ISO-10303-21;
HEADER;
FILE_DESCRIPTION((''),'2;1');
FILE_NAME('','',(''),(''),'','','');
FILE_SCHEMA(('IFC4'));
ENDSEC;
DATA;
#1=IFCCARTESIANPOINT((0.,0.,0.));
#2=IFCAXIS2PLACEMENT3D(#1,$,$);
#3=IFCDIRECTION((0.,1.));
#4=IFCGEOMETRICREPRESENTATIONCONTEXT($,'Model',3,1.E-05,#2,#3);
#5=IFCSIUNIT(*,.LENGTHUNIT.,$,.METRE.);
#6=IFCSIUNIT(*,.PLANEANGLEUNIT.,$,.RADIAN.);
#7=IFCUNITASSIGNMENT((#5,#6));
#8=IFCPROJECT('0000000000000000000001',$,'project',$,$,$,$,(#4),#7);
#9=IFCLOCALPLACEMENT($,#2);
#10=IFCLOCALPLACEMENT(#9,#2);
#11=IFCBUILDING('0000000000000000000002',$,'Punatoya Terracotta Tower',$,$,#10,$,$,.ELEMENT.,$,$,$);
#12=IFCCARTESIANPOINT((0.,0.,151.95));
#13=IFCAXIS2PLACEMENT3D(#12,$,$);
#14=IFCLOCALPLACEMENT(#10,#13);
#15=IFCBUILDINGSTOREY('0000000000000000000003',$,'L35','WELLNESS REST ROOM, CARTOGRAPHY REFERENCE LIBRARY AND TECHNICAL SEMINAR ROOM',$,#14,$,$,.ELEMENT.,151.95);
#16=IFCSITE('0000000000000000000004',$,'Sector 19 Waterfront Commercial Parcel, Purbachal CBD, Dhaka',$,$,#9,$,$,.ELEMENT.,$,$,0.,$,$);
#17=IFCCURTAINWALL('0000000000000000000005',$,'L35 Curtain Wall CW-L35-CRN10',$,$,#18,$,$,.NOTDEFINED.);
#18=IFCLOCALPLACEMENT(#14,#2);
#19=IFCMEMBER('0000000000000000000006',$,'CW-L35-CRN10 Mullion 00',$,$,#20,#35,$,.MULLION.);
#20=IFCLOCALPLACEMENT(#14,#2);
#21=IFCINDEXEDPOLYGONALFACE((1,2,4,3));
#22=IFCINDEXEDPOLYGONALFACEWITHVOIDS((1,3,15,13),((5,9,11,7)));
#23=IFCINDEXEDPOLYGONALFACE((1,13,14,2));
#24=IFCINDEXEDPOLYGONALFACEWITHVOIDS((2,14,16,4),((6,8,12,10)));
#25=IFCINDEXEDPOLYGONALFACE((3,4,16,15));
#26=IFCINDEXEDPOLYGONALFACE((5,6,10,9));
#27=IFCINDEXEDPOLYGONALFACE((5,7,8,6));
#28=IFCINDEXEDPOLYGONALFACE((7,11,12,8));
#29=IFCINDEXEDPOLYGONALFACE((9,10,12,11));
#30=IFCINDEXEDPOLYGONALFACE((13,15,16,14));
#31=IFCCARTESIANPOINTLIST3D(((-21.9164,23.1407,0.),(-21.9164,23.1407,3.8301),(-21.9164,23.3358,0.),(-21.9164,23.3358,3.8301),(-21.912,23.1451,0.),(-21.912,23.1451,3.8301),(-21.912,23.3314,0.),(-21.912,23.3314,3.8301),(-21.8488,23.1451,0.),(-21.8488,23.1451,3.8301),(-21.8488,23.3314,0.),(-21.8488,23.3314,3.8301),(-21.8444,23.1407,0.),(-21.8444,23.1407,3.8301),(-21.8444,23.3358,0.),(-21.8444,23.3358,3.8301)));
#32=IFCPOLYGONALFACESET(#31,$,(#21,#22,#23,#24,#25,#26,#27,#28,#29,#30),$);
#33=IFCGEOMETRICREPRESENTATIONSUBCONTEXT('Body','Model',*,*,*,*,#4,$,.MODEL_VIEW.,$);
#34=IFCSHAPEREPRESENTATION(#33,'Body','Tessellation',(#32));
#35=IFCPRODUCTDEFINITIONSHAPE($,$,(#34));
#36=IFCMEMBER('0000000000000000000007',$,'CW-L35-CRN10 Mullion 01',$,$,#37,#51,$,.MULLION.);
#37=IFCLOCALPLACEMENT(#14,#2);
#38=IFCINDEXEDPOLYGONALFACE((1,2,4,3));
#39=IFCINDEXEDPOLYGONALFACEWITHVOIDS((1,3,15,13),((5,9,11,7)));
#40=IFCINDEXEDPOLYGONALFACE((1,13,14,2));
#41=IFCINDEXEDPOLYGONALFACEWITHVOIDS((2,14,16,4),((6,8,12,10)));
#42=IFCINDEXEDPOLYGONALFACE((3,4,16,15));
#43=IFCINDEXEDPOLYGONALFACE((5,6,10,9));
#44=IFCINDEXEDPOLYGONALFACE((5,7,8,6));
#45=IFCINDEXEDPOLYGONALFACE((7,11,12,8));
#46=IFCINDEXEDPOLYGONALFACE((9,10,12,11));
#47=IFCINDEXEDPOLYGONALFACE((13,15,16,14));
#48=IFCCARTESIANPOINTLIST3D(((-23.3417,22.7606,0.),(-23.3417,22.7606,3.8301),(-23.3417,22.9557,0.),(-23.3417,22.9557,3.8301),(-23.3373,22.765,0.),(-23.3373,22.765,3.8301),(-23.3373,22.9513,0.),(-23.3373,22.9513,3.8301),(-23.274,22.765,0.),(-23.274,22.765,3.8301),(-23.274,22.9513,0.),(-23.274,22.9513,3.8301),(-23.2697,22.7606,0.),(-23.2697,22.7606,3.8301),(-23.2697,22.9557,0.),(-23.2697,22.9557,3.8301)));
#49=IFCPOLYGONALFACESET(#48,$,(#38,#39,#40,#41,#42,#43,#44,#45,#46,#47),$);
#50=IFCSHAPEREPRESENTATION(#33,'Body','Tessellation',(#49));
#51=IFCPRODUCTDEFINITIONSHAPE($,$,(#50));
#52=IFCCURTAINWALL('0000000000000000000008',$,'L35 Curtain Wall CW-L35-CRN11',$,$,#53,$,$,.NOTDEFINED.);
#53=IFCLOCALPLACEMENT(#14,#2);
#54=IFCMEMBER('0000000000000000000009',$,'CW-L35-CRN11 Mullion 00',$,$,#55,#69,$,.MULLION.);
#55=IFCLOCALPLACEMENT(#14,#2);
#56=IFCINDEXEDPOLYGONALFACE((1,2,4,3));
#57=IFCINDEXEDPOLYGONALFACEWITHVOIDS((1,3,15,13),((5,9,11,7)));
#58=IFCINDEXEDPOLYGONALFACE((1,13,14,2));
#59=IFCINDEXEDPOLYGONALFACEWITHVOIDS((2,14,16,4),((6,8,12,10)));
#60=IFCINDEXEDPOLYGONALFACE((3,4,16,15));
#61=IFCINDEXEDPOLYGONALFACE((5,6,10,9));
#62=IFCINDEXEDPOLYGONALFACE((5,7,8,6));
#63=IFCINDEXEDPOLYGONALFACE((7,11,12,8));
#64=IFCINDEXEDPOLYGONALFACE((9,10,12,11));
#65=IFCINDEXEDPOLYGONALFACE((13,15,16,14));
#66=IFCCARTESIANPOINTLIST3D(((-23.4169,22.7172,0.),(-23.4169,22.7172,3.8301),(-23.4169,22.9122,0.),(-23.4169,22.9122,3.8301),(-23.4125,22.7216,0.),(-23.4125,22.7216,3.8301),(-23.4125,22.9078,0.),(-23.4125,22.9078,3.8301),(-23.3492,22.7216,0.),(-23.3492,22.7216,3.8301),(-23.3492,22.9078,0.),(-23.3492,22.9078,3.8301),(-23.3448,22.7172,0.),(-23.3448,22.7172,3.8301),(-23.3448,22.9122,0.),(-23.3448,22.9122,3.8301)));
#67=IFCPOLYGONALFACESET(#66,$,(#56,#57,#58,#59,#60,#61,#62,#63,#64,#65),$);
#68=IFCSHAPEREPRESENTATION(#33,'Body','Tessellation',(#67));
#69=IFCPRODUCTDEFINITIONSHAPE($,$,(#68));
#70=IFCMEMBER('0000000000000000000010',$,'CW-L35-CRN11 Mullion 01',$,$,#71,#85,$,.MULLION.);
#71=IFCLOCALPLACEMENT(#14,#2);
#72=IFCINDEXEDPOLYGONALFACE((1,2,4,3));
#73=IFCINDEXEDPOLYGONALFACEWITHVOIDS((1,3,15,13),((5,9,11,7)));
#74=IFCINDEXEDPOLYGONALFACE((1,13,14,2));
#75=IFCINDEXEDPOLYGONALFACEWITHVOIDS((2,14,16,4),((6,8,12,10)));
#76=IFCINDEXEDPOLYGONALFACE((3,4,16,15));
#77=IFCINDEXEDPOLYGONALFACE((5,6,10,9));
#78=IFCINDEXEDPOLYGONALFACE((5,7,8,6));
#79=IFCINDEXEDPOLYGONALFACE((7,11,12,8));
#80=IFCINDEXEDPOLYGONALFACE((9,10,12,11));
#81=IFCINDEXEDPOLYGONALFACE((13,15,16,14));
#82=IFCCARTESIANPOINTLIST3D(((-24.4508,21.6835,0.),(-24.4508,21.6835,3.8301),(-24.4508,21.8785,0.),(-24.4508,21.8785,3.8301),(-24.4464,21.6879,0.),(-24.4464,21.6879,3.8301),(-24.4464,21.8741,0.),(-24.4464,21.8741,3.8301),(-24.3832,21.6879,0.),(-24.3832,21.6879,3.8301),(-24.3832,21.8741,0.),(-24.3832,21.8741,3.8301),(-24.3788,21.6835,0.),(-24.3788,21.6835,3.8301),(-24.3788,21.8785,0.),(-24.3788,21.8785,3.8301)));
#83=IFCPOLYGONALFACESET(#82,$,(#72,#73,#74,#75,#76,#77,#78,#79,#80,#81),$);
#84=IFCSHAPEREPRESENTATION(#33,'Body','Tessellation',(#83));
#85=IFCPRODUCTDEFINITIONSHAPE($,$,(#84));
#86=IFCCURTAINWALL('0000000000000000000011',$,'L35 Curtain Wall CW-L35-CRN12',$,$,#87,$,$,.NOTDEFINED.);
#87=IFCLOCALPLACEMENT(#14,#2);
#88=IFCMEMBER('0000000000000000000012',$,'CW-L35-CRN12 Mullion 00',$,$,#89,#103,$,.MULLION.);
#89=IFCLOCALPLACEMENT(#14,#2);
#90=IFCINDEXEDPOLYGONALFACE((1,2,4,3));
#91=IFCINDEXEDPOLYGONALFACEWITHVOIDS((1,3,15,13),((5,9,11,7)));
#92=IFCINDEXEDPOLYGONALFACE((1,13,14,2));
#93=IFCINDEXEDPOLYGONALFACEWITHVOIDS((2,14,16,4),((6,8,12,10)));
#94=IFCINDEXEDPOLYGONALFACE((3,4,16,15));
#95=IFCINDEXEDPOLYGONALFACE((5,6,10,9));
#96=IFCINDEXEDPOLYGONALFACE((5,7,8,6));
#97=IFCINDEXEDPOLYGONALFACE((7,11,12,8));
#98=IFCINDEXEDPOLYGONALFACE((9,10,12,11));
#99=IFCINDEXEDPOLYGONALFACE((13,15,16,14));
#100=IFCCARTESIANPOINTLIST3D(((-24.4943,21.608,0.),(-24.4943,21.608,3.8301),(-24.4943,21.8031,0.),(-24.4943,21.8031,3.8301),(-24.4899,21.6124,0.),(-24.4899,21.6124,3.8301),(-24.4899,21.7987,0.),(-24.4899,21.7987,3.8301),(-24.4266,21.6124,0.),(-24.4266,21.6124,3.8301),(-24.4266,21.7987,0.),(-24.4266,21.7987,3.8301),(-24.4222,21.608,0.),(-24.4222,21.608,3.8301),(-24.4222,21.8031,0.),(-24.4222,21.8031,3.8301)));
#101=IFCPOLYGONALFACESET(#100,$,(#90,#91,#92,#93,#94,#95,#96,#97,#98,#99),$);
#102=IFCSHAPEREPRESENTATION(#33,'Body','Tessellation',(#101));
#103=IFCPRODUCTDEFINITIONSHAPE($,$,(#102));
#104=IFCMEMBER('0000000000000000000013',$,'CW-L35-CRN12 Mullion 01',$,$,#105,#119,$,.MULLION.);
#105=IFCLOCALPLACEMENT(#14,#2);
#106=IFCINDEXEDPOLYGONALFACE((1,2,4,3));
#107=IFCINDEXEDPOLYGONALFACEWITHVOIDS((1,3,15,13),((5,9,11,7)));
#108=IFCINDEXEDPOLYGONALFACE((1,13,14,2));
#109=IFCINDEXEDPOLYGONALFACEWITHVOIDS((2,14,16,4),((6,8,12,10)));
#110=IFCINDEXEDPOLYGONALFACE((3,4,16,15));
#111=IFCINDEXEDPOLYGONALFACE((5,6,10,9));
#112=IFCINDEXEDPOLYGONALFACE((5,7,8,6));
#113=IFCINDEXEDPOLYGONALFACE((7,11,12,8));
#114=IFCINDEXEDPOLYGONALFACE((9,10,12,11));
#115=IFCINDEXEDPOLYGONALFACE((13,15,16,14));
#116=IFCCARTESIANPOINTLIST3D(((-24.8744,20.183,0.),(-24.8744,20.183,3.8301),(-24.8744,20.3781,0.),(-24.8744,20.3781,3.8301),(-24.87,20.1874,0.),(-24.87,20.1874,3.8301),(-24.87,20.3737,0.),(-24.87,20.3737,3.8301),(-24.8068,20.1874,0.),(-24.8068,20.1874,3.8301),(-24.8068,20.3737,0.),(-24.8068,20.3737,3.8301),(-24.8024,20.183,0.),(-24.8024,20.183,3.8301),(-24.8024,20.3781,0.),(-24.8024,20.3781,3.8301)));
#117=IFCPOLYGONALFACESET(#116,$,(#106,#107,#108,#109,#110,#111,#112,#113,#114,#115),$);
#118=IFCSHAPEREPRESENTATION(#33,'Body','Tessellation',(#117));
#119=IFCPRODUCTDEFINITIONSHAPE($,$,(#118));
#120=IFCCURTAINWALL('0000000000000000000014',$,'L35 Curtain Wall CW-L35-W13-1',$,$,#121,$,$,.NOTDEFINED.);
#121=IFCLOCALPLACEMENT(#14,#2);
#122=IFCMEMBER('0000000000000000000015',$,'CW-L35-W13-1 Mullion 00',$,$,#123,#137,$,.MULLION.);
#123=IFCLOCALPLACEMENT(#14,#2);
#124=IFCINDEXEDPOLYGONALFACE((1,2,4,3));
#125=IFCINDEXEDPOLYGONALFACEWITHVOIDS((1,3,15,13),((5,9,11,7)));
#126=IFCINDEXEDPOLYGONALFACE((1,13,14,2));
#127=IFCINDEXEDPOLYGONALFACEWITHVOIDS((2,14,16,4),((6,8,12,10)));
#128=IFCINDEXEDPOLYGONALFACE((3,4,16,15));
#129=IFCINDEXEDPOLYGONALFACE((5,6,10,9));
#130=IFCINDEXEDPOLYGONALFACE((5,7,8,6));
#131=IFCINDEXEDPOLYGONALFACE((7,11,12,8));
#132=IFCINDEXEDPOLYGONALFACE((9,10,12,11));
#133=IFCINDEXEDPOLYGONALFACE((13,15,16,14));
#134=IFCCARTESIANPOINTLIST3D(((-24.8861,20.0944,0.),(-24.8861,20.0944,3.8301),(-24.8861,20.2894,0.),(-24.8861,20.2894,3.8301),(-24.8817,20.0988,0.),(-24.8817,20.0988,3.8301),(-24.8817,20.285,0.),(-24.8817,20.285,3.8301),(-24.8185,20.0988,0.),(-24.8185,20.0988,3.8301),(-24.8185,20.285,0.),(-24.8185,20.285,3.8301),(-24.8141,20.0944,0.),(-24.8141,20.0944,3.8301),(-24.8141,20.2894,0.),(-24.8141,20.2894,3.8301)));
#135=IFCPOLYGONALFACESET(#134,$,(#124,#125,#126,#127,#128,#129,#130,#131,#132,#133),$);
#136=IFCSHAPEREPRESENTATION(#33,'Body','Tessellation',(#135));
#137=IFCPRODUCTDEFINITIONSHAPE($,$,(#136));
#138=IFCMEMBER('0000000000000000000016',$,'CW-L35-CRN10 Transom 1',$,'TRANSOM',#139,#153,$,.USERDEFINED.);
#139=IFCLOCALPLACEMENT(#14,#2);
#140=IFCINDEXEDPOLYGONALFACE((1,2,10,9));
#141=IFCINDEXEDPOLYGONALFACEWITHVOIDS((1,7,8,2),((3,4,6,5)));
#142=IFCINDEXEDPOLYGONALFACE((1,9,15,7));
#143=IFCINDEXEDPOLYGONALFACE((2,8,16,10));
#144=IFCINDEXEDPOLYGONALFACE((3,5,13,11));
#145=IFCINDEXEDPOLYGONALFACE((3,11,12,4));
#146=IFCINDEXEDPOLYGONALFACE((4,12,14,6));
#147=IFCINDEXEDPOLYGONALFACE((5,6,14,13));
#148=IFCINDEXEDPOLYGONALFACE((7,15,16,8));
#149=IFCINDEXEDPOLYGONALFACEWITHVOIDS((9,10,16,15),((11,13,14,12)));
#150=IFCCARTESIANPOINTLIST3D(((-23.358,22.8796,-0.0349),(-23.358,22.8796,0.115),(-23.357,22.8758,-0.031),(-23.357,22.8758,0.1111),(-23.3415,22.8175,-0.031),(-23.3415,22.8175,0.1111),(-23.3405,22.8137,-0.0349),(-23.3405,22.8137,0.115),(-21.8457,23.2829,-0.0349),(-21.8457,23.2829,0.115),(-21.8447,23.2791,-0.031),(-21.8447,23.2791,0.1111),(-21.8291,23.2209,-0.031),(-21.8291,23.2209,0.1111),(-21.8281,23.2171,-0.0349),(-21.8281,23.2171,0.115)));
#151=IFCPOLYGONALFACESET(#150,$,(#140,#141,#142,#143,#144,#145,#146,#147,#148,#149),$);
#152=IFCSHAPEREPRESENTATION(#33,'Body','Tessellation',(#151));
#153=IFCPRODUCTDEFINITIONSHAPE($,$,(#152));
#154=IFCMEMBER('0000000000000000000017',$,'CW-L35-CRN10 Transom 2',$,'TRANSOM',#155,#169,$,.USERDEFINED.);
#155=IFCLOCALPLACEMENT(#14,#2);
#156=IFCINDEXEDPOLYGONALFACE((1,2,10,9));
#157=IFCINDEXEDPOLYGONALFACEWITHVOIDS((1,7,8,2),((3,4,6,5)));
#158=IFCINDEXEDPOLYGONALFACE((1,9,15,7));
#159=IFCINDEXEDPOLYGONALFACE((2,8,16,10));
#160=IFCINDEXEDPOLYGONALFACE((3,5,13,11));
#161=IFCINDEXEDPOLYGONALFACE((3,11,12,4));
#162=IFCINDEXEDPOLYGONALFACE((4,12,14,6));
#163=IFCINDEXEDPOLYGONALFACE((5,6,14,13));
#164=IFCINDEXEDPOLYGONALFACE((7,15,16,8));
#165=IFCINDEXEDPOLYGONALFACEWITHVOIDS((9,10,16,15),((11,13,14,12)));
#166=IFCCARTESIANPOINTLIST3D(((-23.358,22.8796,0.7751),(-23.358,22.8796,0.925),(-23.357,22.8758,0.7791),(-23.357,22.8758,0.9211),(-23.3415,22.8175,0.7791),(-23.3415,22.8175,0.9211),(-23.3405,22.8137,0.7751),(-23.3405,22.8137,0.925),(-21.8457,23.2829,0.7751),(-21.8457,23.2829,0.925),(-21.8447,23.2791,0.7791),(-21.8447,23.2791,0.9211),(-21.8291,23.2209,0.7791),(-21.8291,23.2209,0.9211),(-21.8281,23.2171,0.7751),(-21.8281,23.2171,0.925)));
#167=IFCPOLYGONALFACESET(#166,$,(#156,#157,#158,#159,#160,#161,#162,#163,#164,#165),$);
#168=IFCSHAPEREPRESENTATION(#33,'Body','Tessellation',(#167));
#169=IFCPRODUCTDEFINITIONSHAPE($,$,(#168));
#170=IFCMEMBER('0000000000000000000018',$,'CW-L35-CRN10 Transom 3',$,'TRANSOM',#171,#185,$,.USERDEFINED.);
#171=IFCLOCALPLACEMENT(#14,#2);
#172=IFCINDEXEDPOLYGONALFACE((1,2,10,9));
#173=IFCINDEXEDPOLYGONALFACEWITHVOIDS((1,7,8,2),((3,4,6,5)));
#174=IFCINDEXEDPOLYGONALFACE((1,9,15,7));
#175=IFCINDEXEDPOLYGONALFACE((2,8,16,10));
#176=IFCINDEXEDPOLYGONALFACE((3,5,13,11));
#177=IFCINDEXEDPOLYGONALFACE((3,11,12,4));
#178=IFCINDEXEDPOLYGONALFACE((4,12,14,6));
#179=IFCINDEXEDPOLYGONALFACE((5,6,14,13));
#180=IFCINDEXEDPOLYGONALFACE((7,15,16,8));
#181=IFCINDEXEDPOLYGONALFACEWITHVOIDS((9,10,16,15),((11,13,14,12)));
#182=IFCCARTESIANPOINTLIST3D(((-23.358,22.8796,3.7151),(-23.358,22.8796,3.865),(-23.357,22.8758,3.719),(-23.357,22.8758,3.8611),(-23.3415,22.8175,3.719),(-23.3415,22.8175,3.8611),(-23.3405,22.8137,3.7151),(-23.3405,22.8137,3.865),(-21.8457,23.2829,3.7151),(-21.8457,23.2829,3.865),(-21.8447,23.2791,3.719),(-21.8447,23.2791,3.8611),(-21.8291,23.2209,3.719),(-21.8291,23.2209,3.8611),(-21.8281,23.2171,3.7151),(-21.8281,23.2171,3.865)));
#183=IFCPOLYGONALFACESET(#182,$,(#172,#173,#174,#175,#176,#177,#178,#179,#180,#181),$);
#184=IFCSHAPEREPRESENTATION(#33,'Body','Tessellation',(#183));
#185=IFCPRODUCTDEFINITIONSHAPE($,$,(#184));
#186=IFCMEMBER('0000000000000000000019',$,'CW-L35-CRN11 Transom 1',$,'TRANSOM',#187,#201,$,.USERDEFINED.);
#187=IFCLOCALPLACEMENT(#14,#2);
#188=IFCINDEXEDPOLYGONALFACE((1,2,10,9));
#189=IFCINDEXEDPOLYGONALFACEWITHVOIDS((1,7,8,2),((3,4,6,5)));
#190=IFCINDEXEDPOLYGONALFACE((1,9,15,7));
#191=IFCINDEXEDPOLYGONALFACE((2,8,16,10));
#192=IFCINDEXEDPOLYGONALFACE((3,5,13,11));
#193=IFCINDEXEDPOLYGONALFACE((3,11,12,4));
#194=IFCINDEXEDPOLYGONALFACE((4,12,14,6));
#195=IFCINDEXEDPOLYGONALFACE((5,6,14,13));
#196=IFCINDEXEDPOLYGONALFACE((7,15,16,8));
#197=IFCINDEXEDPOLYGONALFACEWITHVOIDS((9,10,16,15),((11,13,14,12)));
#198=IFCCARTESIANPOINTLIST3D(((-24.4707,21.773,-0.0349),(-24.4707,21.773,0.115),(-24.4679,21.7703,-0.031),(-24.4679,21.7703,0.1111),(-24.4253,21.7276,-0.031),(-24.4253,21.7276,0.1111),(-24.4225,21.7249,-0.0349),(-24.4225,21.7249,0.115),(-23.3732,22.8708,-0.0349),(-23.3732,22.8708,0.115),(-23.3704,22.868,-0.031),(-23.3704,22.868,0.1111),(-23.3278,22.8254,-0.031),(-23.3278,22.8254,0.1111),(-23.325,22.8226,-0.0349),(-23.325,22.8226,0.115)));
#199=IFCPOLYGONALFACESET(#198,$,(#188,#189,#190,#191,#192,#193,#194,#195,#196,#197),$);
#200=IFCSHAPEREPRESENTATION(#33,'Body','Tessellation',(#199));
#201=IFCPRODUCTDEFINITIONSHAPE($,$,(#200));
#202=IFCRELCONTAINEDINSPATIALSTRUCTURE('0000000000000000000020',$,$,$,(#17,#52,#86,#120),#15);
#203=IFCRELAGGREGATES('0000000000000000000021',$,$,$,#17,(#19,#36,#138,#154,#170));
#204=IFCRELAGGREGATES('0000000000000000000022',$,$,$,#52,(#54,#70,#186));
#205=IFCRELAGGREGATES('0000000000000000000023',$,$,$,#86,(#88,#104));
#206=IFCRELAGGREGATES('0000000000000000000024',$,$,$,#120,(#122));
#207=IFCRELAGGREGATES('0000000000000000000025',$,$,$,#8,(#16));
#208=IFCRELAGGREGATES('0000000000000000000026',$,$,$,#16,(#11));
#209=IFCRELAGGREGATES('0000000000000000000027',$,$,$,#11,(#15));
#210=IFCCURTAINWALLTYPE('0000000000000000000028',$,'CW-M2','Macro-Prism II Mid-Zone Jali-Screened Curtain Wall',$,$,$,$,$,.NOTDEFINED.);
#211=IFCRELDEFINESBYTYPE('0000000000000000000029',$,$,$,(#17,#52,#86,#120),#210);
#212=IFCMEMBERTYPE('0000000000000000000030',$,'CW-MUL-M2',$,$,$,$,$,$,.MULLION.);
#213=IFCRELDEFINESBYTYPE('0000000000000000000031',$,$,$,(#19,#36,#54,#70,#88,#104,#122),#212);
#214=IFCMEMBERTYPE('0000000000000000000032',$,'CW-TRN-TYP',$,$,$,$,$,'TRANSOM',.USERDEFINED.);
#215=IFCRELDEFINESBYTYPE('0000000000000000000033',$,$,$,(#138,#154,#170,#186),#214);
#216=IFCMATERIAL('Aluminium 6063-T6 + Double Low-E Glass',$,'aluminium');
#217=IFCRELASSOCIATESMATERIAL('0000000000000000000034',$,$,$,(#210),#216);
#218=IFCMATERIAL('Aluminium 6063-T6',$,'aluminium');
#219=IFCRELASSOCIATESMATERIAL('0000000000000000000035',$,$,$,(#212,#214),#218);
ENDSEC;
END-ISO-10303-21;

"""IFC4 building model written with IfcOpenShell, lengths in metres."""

from ifc_helpers import new_model, si_unit, direction, frame, origin, origin_2d, place, context, subcontext, project, spatial, hollow_rectangle, extrude, material, material_profile, profile_set, type_object, element, aggregate, save


model = new_model("IFC4")

# Units and contexts
model_context = context("Model", 3, precision=1e-05, world=origin(), true_north=direction((0.0, 1.0)))
body_context = subcontext(model_context, "Body", "Model", "MODEL_VIEW")
ifc_project = project(units=[si_unit("LENGTHUNIT", "METRE"), si_unit("PLANEANGLEUNIT", "RADIAN")], contexts=[model_context])

# Site, building, storey
site_placement = place(None, origin())
site = spatial("IfcSite", under=ifc_project, at=site_placement, Name="Sector 19 Waterfront Commercial Parcel, Purbachal CBD, Dhaka", CompositionType="ELEMENT", RefElevation=0.0)
building_placement = place(site_placement, origin())
building = spatial("IfcBuilding", under=site, at=building_placement, Name="Punatoya Terracotta Tower", CompositionType="ELEMENT")
storey_placement = place(building_placement, frame((0.0, 0.0, 151.95)))
storey = spatial("IfcBuildingStorey", under=building, at=storey_placement, Name="L35", Description="WELLNESS REST ROOM, CARTOGRAPHY REFERENCE LIBRARY AND TECHNICAL SEMINAR ROOM", CompositionType="ELEMENT", Elevation=151.95)

# Curtain walls, members
ifc_material_1 = material(Name="Aluminium 6063-T6 + Double Low-E Glass", Category="aluminium")
curtain_wall_type = type_object("IfcCurtainWallType", Name="CW-M2", Description="Macro-Prism II Mid-Zone Jali-Screened Curtain Wall", PredefinedType="NOTDEFINED", material=ifc_material_1)
curtain_wall_1_placement = place(storey_placement, origin())
curtain_wall_1 = element("IfcCurtainWall", 1, at=curtain_wall_1_placement, inside=storey, type_object=curtain_wall_type, Name="L35 Curtain Wall CW-L35-CRN10", PredefinedType="NOTDEFINED")
ifc_material_2 = material(Name="Aluminium 6063-T6", Category="aluminium")
ifc_material_profile_1 = material_profile(ifc_material_2, hollow_rectangle(XDim=0.072, YDim=0.1951, WallThickness=0.0044, at=origin_2d()))
ifc_profile_set_1 = profile_set([ifc_material_profile_1], Name="Aluminium 6063-T6")
member_type_1 = type_object("IfcMemberType", Name="CW-MUL-M2", PredefinedType="MULLION", material=ifc_profile_set_1)
member_1_placement = place(storey_placement, frame((-21.8804, 23.2383, 0.0), z_axis=(0.0, 0.0, 1.0), x_axis=(1.0, 0.0, 0.0)))
member_1 = element("IfcMember", 2, at=member_1_placement, type_object=member_type_1, Name="CW-L35-CRN10 Mullion 00", PredefinedType="MULLION", context=body_context, shape_type="SweptSolid", body=[
    extrude(hollow_rectangle(XDim=0.072, YDim=0.1951, WallThickness=0.0044, at=origin_2d()), origin(), (0.0, 0.0, 1.0), 3.8301),
])
member_2_placement = place(storey_placement, frame((-23.3057, 22.8582, 0.0), z_axis=(0.0, 0.0, 1.0), x_axis=(1.0, 0.0, 0.0)))
member_2 = element("IfcMember", 3, at=member_2_placement, type_object=member_type_1, Name="CW-L35-CRN10 Mullion 01", PredefinedType="MULLION", context=body_context, shape_type="SweptSolid", body=[
    extrude(hollow_rectangle(XDim=0.072, YDim=0.1951, WallThickness=0.0044, at=origin_2d()), origin(), (0.0, 0.0, 1.0), 3.8301),
])
curtain_wall_2_placement = place(storey_placement, origin())
curtain_wall_2 = element("IfcCurtainWall", 4, at=curtain_wall_2_placement, inside=storey, type_object=curtain_wall_type, Name="L35 Curtain Wall CW-L35-CRN11", PredefinedType="NOTDEFINED")
member_3_placement = place(storey_placement, frame((-23.3809, 22.8147, 0.0), z_axis=(0.0, 0.0, 1.0), x_axis=(1.0, 0.0, 0.0)))
member_3 = element("IfcMember", 5, at=member_3_placement, type_object=member_type_1, Name="CW-L35-CRN11 Mullion 00", PredefinedType="MULLION", context=body_context, shape_type="SweptSolid", body=[
    extrude(hollow_rectangle(XDim=0.072, YDim=0.1951, WallThickness=0.0044, at=origin_2d()), origin(), (0.0, 0.0, 1.0), 3.8301),
])
member_4_placement = place(storey_placement, frame((-24.4148, 21.781, 0.0), z_axis=(0.0, 0.0, 1.0), x_axis=(1.0, 0.0, 0.0)))
member_4 = element("IfcMember", 6, at=member_4_placement, type_object=member_type_1, Name="CW-L35-CRN11 Mullion 01", PredefinedType="MULLION", context=body_context, shape_type="SweptSolid", body=[
    extrude(hollow_rectangle(XDim=0.072, YDim=0.1951, WallThickness=0.0044, at=origin_2d()), origin(), (0.0, 0.0, 1.0), 3.8301),
])
curtain_wall_3_placement = place(storey_placement, origin())
curtain_wall_3 = element("IfcCurtainWall", 7, at=curtain_wall_3_placement, inside=storey, type_object=curtain_wall_type, Name="L35 Curtain Wall CW-L35-CRN12", PredefinedType="NOTDEFINED")
member_5_placement = place(storey_placement, frame((-24.4583, 21.7056, 0.0), z_axis=(0.0, 0.0, 1.0), x_axis=(1.0, 0.0, 0.0)))
member_5 = element("IfcMember", 8, at=member_5_placement, type_object=member_type_1, Name="CW-L35-CRN12 Mullion 00", PredefinedType="MULLION", context=body_context, shape_type="SweptSolid", body=[
    extrude(hollow_rectangle(XDim=0.072, YDim=0.1951, WallThickness=0.0044, at=origin_2d()), origin(), (0.0, 0.0, 1.0), 3.8301),
])
member_6_placement = place(storey_placement, frame((-24.8384, 20.2805, 0.0), z_axis=(0.0, 0.0, 1.0), x_axis=(1.0, 0.0, 0.0)))
member_6 = element("IfcMember", 9, at=member_6_placement, type_object=member_type_1, Name="CW-L35-CRN12 Mullion 01", PredefinedType="MULLION", context=body_context, shape_type="SweptSolid", body=[
    extrude(hollow_rectangle(XDim=0.072, YDim=0.1951, WallThickness=0.0044, at=origin_2d()), origin(), (0.0, 0.0, 1.0), 3.8301),
])

# Curtain wall, member
curtain_wall_4_placement = place(storey_placement, origin())
curtain_wall_4 = element("IfcCurtainWall", 10, at=curtain_wall_4_placement, inside=storey, type_object=curtain_wall_type, Name="L35 Curtain Wall CW-L35-W13-1", PredefinedType="NOTDEFINED")
member_7_placement = place(storey_placement, frame((-24.8501, 20.1919, 0.0), z_axis=(0.0, 0.0, 1.0), x_axis=(1.0, 0.0, 0.0)))
member_7 = element("IfcMember", 11, at=member_7_placement, type_object=member_type_1, Name="CW-L35-W13-1 Mullion 00", PredefinedType="MULLION", context=body_context, shape_type="SweptSolid", body=[
    extrude(hollow_rectangle(XDim=0.072, YDim=0.1951, WallThickness=0.0044, at=origin_2d()), origin(), (0.0, 0.0, 1.0), 3.8301),
])

# Members
ifc_material_profile_2 = material_profile(ifc_material_2, hollow_rectangle(XDim=0.0681, YDim=0.1499, WallThickness=0.0039, at=origin_2d()))
ifc_profile_set_2 = profile_set([ifc_material_profile_2], Name="Aluminium 6063-T6")
member_type_2 = type_object("IfcMemberType", Name="CW-TRN-TYP", ElementType="TRANSOM", PredefinedType="USERDEFINED", material=ifc_profile_set_2)
member_8_placement = place(storey_placement, frame((-21.8369, 23.25, 0.04), z_axis=(-0.966225, -0.257701, 0.0), x_axis=(0.257701, -0.966225, 0.0)))
member_8 = element("IfcMember", 12, at=member_8_placement, type_object=member_type_2, Name="CW-L35-CRN10 Transom 1", ObjectType="TRANSOM", PredefinedType="USERDEFINED", context=body_context, shape_type="SweptSolid", body=[
    extrude(hollow_rectangle(XDim=0.0681, YDim=0.1499, WallThickness=0.0039, at=origin_2d()), origin(), (0.0, 0.0, 1.0), 1.5652),
])
member_9_placement = place(storey_placement, frame((-21.8369, 23.25, 0.8501), z_axis=(-0.966225, -0.257701, 0.0), x_axis=(0.257701, -0.966225, 0.0)))
member_9 = element("IfcMember", 13, at=member_9_placement, type_object=member_type_2, Name="CW-L35-CRN10 Transom 2", ObjectType="TRANSOM", PredefinedType="USERDEFINED", context=body_context, shape_type="SweptSolid", body=[
    extrude(hollow_rectangle(XDim=0.0681, YDim=0.1499, WallThickness=0.0039, at=origin_2d()), origin(), (0.0, 0.0, 1.0), 1.5652),
])
member_10_placement = place(storey_placement, frame((-21.8369, 23.25, 3.79), z_axis=(-0.966225, -0.257701, 0.0), x_axis=(0.257701, -0.966225, 0.0)))
member_10 = element("IfcMember", 14, at=member_10_placement, type_object=member_type_2, Name="CW-L35-CRN10 Transom 3", ObjectType="TRANSOM", PredefinedType="USERDEFINED", context=body_context, shape_type="SweptSolid", body=[
    extrude(hollow_rectangle(XDim=0.0681, YDim=0.1499, WallThickness=0.0039, at=origin_2d()), origin(), (0.0, 0.0, 1.0), 1.5652),
])
member_11_placement = place(storey_placement, frame((-23.3491, 22.8467, 0.04), z_axis=(-0.707028, -0.707185, 0.0), x_axis=(0.707185, -0.707028, 0.0)))
member_11 = element("IfcMember", 15, at=member_11_placement, type_object=member_type_2, Name="CW-L35-CRN11 Transom 1", ObjectType="TRANSOM", PredefinedType="USERDEFINED", context=body_context, shape_type="SweptSolid", body=[
    extrude(hollow_rectangle(XDim=0.0681, YDim=0.1499, WallThickness=0.0039, at=origin_2d()), origin(), (0.0, 0.0, 1.0), 1.5522),
])

aggregate(curtain_wall_1, [member_1, member_2, member_8, member_9, member_10])
aggregate(curtain_wall_2, [member_3, member_4, member_11])
aggregate(curtain_wall_3, [member_5, member_6])
aggregate(curtain_wall_4, [member_7])

save(model, "model.ifc")
